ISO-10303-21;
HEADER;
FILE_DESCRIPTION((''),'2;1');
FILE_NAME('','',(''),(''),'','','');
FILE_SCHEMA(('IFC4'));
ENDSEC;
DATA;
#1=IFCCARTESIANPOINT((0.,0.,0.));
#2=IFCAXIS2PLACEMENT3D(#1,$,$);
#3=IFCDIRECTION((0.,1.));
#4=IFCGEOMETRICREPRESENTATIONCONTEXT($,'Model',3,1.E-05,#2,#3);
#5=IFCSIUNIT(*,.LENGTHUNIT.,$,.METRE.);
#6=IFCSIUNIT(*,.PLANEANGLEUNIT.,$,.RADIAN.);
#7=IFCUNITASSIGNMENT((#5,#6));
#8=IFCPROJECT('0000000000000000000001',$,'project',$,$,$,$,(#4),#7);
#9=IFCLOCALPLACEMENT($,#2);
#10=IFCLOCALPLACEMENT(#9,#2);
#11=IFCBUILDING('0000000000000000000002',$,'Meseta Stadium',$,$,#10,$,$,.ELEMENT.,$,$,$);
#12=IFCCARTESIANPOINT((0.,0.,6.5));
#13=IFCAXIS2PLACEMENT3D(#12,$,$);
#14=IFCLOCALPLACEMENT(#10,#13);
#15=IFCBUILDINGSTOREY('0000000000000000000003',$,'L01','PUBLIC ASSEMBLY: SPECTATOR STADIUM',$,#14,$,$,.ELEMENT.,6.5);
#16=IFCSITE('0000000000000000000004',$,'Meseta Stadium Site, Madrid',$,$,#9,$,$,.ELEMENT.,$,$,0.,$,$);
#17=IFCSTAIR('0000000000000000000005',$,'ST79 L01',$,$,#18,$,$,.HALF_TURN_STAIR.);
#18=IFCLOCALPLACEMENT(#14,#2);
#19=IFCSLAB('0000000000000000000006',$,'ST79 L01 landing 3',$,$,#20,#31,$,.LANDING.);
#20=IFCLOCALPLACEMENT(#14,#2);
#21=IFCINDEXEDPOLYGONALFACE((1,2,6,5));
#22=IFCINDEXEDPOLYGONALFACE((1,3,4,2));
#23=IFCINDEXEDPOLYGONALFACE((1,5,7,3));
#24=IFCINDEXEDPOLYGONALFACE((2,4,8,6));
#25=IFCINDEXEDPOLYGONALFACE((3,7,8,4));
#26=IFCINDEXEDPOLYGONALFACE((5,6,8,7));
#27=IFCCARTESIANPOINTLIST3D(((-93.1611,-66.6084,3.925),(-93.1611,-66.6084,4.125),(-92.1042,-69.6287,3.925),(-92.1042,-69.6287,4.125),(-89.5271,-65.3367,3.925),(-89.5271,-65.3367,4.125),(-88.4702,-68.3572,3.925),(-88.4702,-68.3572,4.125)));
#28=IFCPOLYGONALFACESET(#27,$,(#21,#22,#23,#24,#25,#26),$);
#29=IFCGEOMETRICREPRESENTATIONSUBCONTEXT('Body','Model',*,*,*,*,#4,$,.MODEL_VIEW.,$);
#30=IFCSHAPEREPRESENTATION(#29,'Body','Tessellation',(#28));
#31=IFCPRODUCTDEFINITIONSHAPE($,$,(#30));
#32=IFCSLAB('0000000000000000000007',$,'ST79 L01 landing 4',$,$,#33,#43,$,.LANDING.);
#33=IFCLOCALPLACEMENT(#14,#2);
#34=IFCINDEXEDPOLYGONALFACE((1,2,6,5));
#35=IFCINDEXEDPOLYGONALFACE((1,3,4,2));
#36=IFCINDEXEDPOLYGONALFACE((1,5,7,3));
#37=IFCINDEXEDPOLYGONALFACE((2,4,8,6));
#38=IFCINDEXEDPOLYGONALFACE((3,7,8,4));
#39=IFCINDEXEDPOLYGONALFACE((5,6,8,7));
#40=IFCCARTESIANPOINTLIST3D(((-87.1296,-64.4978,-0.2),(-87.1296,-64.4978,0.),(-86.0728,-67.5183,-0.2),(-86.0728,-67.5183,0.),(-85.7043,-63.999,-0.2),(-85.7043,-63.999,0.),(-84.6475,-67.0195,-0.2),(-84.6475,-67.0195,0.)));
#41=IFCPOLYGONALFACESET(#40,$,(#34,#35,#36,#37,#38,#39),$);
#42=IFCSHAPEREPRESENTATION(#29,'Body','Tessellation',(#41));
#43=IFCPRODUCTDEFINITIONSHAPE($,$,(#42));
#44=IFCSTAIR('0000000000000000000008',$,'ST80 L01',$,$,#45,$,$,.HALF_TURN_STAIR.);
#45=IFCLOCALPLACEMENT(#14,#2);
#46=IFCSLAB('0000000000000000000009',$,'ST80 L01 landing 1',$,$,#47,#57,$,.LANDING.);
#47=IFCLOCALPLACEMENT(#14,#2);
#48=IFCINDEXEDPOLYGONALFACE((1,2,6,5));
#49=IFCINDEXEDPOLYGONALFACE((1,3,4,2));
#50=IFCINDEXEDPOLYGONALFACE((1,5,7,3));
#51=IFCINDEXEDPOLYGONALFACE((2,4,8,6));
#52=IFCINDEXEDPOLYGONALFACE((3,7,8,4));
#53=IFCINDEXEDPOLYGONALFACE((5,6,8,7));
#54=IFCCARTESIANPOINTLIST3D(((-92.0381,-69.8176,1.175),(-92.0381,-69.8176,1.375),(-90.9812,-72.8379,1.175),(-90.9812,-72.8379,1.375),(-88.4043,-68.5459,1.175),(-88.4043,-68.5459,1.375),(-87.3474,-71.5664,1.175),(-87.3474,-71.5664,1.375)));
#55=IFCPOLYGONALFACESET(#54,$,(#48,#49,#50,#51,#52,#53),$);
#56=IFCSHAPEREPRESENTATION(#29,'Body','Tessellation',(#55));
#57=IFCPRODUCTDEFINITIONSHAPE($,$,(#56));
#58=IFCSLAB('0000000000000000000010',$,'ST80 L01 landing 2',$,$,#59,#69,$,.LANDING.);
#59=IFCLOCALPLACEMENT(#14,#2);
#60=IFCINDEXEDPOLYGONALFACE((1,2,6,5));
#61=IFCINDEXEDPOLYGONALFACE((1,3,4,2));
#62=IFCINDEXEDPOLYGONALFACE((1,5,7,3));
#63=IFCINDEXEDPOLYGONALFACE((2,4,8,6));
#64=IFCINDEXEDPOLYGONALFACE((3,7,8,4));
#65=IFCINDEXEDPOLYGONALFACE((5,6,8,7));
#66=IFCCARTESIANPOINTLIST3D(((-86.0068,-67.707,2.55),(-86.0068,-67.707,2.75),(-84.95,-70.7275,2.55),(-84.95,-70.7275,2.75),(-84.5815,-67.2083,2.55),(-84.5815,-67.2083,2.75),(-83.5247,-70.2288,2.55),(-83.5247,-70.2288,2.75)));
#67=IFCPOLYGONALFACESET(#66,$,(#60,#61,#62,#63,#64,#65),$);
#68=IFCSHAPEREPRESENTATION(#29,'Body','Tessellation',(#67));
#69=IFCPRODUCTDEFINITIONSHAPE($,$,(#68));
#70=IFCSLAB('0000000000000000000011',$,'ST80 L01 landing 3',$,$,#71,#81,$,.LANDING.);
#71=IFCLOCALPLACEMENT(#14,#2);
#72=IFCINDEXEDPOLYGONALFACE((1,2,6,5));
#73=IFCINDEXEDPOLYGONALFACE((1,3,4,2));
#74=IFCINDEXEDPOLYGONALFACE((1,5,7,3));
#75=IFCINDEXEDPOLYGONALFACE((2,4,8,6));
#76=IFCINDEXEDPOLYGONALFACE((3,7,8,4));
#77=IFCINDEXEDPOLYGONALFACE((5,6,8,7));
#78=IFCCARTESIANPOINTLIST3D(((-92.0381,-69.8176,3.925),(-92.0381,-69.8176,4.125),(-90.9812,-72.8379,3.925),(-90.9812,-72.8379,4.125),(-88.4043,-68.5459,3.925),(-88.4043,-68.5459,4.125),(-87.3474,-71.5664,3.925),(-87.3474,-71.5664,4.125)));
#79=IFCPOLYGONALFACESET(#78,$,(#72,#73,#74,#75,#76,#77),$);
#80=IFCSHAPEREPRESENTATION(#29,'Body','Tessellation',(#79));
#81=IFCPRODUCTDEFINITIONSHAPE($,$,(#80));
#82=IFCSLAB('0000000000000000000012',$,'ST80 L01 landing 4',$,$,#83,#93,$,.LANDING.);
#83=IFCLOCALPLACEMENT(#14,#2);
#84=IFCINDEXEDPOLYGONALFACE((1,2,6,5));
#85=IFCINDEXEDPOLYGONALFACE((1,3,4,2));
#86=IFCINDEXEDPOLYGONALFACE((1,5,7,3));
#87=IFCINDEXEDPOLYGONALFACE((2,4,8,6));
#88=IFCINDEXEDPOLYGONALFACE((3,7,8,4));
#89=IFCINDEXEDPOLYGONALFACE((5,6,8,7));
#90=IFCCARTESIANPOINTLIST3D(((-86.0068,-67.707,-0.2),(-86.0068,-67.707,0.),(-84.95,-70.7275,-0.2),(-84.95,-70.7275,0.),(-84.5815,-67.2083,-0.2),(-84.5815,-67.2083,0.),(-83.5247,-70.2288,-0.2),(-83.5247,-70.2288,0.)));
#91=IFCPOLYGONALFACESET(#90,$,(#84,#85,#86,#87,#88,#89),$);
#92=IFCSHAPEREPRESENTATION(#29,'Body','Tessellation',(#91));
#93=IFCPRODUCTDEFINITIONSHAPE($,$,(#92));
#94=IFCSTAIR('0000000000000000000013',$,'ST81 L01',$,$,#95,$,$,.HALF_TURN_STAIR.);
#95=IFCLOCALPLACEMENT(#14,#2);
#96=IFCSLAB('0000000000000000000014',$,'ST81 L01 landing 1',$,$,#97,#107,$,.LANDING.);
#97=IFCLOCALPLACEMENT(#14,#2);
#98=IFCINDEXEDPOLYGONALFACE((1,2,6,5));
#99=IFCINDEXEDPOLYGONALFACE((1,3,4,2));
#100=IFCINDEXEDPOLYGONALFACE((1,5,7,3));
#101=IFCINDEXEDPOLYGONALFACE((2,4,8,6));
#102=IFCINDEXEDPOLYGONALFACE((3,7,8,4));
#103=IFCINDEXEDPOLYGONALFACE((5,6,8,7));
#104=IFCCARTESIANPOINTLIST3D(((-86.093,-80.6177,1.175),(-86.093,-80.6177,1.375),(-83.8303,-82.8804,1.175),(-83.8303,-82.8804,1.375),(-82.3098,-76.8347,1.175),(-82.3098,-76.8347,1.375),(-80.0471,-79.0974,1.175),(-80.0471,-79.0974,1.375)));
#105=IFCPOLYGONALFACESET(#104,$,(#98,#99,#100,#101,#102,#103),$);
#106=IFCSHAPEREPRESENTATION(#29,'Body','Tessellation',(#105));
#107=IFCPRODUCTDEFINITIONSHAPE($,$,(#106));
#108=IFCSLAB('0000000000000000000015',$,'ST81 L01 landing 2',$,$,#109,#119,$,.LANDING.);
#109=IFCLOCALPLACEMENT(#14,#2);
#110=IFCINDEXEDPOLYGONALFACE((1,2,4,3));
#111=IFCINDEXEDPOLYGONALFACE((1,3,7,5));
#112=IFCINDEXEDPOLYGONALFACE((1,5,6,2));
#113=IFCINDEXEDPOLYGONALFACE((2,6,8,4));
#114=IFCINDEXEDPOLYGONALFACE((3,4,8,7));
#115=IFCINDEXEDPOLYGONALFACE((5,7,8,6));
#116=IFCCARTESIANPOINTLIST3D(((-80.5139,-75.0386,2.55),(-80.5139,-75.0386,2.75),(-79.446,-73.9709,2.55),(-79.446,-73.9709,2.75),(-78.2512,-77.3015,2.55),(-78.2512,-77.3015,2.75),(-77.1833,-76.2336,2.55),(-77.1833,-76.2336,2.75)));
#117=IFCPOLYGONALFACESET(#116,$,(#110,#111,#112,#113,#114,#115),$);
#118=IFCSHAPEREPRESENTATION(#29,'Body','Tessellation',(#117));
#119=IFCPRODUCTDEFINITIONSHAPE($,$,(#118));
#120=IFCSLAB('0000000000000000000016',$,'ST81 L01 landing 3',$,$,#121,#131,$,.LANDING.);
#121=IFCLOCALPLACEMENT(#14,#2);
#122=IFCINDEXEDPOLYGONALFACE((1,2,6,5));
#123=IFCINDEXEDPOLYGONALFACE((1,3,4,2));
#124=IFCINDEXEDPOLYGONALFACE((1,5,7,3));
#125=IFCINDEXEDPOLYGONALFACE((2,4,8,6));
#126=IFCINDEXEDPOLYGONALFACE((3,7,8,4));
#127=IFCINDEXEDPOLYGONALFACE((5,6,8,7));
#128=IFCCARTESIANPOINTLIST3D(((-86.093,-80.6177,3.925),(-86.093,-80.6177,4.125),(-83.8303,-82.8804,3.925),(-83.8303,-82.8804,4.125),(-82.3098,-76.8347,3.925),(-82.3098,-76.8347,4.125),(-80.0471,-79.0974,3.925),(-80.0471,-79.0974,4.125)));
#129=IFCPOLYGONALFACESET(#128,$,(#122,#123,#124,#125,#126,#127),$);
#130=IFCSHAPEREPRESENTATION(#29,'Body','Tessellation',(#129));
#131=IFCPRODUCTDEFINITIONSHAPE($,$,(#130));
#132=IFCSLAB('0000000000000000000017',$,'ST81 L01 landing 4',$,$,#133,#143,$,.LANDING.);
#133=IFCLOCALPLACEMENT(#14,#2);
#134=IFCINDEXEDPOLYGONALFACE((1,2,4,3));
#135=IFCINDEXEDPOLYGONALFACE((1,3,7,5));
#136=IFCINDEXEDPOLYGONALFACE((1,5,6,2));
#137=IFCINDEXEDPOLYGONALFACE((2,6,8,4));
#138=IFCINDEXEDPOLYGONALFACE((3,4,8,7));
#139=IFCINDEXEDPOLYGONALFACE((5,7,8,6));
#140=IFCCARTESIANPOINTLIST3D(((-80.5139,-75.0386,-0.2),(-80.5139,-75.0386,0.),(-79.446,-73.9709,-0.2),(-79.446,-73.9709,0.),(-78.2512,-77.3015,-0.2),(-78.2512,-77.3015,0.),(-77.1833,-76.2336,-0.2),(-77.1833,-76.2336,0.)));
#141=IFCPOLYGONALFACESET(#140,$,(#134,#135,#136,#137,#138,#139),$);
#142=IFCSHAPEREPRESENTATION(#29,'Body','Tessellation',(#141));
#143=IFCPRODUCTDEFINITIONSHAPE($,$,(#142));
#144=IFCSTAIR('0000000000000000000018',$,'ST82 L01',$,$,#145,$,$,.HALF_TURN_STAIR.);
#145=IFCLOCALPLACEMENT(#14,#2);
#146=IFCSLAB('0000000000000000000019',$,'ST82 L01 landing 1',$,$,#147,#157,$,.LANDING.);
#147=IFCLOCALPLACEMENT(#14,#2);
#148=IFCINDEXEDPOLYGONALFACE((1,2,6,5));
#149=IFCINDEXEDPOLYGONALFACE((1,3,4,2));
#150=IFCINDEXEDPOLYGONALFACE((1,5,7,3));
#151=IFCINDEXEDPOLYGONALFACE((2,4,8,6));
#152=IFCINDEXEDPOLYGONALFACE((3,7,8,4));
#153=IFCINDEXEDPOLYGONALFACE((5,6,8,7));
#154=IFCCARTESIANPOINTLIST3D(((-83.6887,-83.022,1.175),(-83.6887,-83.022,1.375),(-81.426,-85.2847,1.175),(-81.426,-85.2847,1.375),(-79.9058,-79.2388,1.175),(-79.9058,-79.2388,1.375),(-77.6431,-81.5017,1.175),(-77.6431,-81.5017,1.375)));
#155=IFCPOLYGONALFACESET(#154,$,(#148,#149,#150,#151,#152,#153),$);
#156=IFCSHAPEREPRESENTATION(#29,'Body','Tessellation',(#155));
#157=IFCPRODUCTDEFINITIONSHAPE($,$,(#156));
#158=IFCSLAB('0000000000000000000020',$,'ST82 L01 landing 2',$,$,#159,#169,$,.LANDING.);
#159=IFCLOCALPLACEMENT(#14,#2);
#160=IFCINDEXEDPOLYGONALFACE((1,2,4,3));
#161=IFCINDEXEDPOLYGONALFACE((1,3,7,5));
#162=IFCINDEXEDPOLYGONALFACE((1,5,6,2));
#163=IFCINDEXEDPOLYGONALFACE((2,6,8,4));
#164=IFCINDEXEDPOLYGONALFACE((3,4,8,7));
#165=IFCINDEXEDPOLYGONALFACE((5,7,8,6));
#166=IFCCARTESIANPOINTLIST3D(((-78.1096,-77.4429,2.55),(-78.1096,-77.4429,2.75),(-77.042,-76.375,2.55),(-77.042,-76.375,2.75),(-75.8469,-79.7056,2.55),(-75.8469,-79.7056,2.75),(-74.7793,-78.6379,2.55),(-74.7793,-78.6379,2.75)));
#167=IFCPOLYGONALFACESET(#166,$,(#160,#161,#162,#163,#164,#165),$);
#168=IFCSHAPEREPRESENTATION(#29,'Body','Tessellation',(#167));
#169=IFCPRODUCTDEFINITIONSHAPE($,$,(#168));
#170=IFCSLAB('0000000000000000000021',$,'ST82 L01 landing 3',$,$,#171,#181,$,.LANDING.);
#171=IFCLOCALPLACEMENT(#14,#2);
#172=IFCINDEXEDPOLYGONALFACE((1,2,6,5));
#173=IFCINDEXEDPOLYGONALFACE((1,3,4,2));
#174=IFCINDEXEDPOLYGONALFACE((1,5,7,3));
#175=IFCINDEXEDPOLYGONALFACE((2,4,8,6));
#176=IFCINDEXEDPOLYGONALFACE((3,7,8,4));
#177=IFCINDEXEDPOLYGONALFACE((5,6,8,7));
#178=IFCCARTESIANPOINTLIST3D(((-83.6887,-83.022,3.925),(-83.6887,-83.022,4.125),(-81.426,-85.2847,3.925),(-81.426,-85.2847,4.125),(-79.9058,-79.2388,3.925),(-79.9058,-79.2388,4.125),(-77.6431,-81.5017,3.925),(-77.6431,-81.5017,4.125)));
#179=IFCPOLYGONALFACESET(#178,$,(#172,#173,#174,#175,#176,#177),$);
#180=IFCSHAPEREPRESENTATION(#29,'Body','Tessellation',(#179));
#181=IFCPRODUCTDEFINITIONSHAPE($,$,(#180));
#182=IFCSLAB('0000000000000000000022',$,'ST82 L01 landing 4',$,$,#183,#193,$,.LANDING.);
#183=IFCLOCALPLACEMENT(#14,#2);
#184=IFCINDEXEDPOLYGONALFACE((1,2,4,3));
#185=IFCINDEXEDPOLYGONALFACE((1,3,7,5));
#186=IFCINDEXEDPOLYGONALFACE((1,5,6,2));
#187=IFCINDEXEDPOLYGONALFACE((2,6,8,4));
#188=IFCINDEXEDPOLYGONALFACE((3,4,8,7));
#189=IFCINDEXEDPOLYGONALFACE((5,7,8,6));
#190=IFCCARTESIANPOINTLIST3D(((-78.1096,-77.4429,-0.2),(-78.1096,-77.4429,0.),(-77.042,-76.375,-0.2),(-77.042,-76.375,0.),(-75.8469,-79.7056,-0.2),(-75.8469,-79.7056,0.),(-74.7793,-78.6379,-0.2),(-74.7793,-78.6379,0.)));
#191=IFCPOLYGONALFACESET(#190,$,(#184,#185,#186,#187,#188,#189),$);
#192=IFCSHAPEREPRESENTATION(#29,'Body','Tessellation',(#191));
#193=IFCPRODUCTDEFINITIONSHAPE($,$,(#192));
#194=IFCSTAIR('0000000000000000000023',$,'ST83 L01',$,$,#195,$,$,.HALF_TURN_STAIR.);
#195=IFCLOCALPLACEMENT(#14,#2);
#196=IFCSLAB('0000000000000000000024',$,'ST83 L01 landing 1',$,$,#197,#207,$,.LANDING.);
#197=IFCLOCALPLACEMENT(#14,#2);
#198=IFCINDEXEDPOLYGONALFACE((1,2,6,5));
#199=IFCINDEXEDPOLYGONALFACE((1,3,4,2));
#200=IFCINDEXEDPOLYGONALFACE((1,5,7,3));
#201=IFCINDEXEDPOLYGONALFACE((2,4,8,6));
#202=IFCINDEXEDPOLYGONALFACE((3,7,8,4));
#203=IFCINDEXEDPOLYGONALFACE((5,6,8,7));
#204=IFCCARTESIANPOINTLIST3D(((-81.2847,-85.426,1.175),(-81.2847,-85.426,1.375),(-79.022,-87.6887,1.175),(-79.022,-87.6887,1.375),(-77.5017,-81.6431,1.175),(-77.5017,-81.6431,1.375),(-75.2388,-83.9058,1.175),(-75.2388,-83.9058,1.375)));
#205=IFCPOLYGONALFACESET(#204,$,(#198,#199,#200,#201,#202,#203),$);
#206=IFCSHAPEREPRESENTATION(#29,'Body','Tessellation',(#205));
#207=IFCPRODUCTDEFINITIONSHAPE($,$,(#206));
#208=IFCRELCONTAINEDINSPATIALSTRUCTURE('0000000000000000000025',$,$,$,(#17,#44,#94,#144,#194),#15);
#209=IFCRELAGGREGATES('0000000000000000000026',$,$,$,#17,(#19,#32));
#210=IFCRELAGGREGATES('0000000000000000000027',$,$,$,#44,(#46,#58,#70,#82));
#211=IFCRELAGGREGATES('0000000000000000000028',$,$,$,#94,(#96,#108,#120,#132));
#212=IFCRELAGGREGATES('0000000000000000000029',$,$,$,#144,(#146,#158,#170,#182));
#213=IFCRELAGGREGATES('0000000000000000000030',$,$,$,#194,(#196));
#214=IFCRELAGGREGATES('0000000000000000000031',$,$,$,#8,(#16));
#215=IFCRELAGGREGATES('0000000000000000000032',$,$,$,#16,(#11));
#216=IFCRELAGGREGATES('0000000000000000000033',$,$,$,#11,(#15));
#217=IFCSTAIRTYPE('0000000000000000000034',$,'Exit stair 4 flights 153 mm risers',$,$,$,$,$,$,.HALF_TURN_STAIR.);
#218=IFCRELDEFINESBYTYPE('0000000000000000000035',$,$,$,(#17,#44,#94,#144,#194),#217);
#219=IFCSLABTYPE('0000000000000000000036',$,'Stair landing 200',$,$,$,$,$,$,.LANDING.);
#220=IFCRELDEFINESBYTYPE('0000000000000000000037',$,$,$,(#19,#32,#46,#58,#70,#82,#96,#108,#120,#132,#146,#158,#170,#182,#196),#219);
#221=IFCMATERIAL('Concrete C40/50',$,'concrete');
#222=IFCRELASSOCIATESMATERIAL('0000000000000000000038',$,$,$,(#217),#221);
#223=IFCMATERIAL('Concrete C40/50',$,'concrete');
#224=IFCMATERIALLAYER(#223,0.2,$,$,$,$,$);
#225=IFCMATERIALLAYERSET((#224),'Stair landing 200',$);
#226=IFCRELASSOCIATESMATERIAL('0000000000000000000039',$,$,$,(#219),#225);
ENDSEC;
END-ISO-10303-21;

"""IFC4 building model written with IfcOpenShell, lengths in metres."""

from ifc_helpers import new_model, si_unit, direction, frame, origin, place, context, subcontext, project, spatial, polyline, outline, extrude, material, layer, layer_set, type_object, element, aggregate, save


model = new_model("IFC4")

# Units and contexts
model_context = context("Model", 3, precision=1e-05, world=origin(), true_north=direction((0.0, 1.0)))
body_context = subcontext(model_context, "Body", "Model", "MODEL_VIEW")
ifc_project = project(units=[si_unit("LENGTHUNIT", "METRE"), si_unit("PLANEANGLEUNIT", "RADIAN")], contexts=[model_context])

# Site, building, storey
site_placement = place(None, origin())
site = spatial("IfcSite", under=ifc_project, at=site_placement, Name="Meseta Stadium Site, Madrid", CompositionType="ELEMENT", RefElevation=0.0)
building_placement = place(site_placement, origin())
building = spatial("IfcBuilding", under=site, at=building_placement, Name="Meseta Stadium", CompositionType="ELEMENT")
storey_placement = place(building_placement, frame((0.0, 0.0, 6.5)))
storey = spatial("IfcBuildingStorey", under=building, at=storey_placement, Name="L01", Description="PUBLIC ASSEMBLY: SPECTATOR STADIUM", CompositionType="ELEMENT", Elevation=6.5)

# Shared definitions
ifc_material_1 = material(Name="Concrete C40/50", Category="concrete")
stair_type = type_object("IfcStairType", Name="Exit stair 4 flights 153 mm risers", PredefinedType="HALF_TURN_STAIR", material=ifc_material_1)
ifc_material_2 = material(Name="Concrete C40/50", Category="concrete")
ifc_layer = layer(ifc_material_2, 0.2)
ifc_layer_set = layer_set([ifc_layer], Name="Stair landing 200")
slab_type = type_object("IfcSlabType", Name="Stair landing 200", PredefinedType="LANDING", material=ifc_layer_set)

# Stairs, slabs
stair_1_placement = place(storey_placement, origin())
stair_1 = element("IfcStair", 1, at=stair_1_placement, inside=storey, type_object=stair_type, Name="ST79 L01", PredefinedType="HALF_TURN_STAIR")
slab_1_placement = place(storey_placement, frame((0.0, 0.0, 3.925)))
slab_1 = element("IfcSlab", 2, at=slab_1_placement, type_object=slab_type, Name="ST79 L01 landing 3", PredefinedType="LANDING", context=body_context, shape_type="SweptSolid", body=[
    extrude(outline(polyline([(-89.5271, -65.3367), (-93.1611, -66.6084), (-92.1042, -69.6287), (-88.4702, -68.3572), (-89.5271, -65.3367)])), origin(), (0.0, 0.0, 1.0), 0.2),
])
slab_2_placement = place(storey_placement, frame((0.0, 0.0, -0.2)))
slab_2 = element("IfcSlab", 3, at=slab_2_placement, type_object=slab_type, Name="ST79 L01 landing 4", PredefinedType="LANDING", context=body_context, shape_type="SweptSolid", body=[
    extrude(outline(polyline([(-85.7043, -63.999), (-87.1296, -64.4978), (-86.0728, -67.5183), (-84.6475, -67.0195), (-85.7043, -63.999)])), origin(), (0.0, 0.0, 1.0), 0.2),
])
aggregate(stair_1, [slab_1, slab_2])
stair_2_placement = place(storey_placement, origin())
stair_2 = element("IfcStair", 4, at=stair_2_placement, inside=storey, type_object=stair_type, Name="ST80 L01", PredefinedType="HALF_TURN_STAIR")
slab_3_placement = place(storey_placement, frame((0.0, 0.0, 1.175)))
slab_3 = element("IfcSlab", 5, at=slab_3_placement, type_object=slab_type, Name="ST80 L01 landing 1", PredefinedType="LANDING", context=body_context, shape_type="SweptSolid", body=[
    extrude(outline(polyline([(-88.4043, -68.5459), (-92.0381, -69.8176), (-90.9812, -72.8379), (-87.3474, -71.5664), (-88.4043, -68.5459)])), origin(), (0.0, 0.0, 1.0), 0.2),
])
slab_4_placement = place(storey_placement, frame((0.0, 0.0, 2.55)))
slab_4 = element("IfcSlab", 6, at=slab_4_placement, type_object=slab_type, Name="ST80 L01 landing 2", PredefinedType="LANDING", context=body_context, shape_type="SweptSolid", body=[
    extrude(outline(polyline([(-84.5815, -67.2083), (-86.0068, -67.707), (-84.95, -70.7275), (-83.5247, -70.2288), (-84.5815, -67.2083)])), origin(), (0.0, 0.0, 1.0), 0.2),
])
slab_5_placement = place(storey_placement, frame((0.0, 0.0, 3.925)))
slab_5 = element("IfcSlab", 7, at=slab_5_placement, type_object=slab_type, Name="ST80 L01 landing 3", PredefinedType="LANDING", context=body_context, shape_type="SweptSolid", body=[
    extrude(outline(polyline([(-88.4043, -68.5459), (-92.0381, -69.8176), (-90.9812, -72.8379), (-87.3474, -71.5664), (-88.4043, -68.5459)])), origin(), (0.0, 0.0, 1.0), 0.2),
])
slab_6_placement = place(storey_placement, frame((0.0, 0.0, -0.2)))
slab_6 = element("IfcSlab", 8, at=slab_6_placement, type_object=slab_type, Name="ST80 L01 landing 4", PredefinedType="LANDING", context=body_context, shape_type="SweptSolid", body=[
    extrude(outline(polyline([(-84.5815, -67.2083), (-86.0068, -67.707), (-84.95, -70.7275), (-83.5247, -70.2288), (-84.5815, -67.2083)])), origin(), (0.0, 0.0, 1.0), 0.2),
])
aggregate(stair_2, [slab_3, slab_4, slab_5, slab_6])
stair_3_placement = place(storey_placement, origin())
stair_3 = element("IfcStair", 9, at=stair_3_placement, inside=storey, type_object=stair_type, Name="ST81 L01", PredefinedType="HALF_TURN_STAIR")
slab_7_placement = place(storey_placement, frame((0.0, 0.0, 1.175)))
slab_7 = element("IfcSlab", 10, at=slab_7_placement, type_object=slab_type, Name="ST81 L01 landing 1", PredefinedType="LANDING", context=body_context, shape_type="SweptSolid", body=[
    extrude(outline(polyline([(-82.3098, -76.8347), (-86.093, -80.6177), (-83.8303, -82.8804), (-80.0471, -79.0974), (-82.3098, -76.8347)])), origin(), (0.0, 0.0, 1.0), 0.2),
])
slab_8_placement = place(storey_placement, frame((0.0, 0.0, 2.55)))
slab_8 = element("IfcSlab", 11, at=slab_8_placement, type_object=slab_type, Name="ST81 L01 landing 2", PredefinedType="LANDING", context=body_context, shape_type="SweptSolid", body=[
    extrude(outline(polyline([(-79.446, -73.9709), (-80.5139, -75.0386), (-78.2512, -77.3015), (-77.1833, -76.2336), (-79.446, -73.9709)])), origin(), (0.0, 0.0, 1.0), 0.2),
])
slab_9_placement = place(storey_placement, frame((0.0, 0.0, 3.925)))
slab_9 = element("IfcSlab", 12, at=slab_9_placement, type_object=slab_type, Name="ST81 L01 landing 3", PredefinedType="LANDING", context=body_context, shape_type="SweptSolid", body=[
    extrude(outline(polyline([(-82.3098, -76.8347), (-86.093, -80.6177), (-83.8303, -82.8804), (-80.0471, -79.0974), (-82.3098, -76.8347)])), origin(), (0.0, 0.0, 1.0), 0.2),
])
slab_10_placement = place(storey_placement, frame((0.0, 0.0, -0.2)))
slab_10 = element("IfcSlab", 13, at=slab_10_placement, type_object=slab_type, Name="ST81 L01 landing 4", PredefinedType="LANDING", context=body_context, shape_type="SweptSolid", body=[
    extrude(outline(polyline([(-79.446, -73.9709), (-80.5139, -75.0386), (-78.2512, -77.3015), (-77.1833, -76.2336), (-79.446, -73.9709)])), origin(), (0.0, 0.0, 1.0), 0.2),
])
aggregate(stair_3, [slab_7, slab_8, slab_9, slab_10])
stair_4_placement = place(storey_placement, origin())
stair_4 = element("IfcStair", 14, at=stair_4_placement, inside=storey, type_object=stair_type, Name="ST82 L01", PredefinedType="HALF_TURN_STAIR")
slab_11_placement = place(storey_placement, frame((0.0, 0.0, 1.175)))
slab_11 = element("IfcSlab", 15, at=slab_11_placement, type_object=slab_type, Name="ST82 L01 landing 1", PredefinedType="LANDING", context=body_context, shape_type="SweptSolid", body=[
    extrude(outline(polyline([(-79.9058, -79.2388), (-83.6887, -83.022), (-81.426, -85.2847), (-77.6431, -81.5017), (-79.9058, -79.2388)])), origin(), (0.0, 0.0, 1.0), 0.2),
])
slab_12_placement = place(storey_placement, frame((0.0, 0.0, 2.55)))
slab_12 = element("IfcSlab", 16, at=slab_12_placement, type_object=slab_type, Name="ST82 L01 landing 2", PredefinedType="LANDING", context=body_context, shape_type="SweptSolid", body=[
    extrude(outline(polyline([(-77.042, -76.375), (-78.1096, -77.4429), (-75.8469, -79.7056), (-74.7793, -78.6379), (-77.042, -76.375)])), origin(), (0.0, 0.0, 1.0), 0.2),
])
slab_13_placement = place(storey_placement, frame((0.0, 0.0, 3.925)))
slab_13 = element("IfcSlab", 17, at=slab_13_placement, type_object=slab_type, Name="ST82 L01 landing 3", PredefinedType="LANDING", context=body_context, shape_type="SweptSolid", body=[
    extrude(outline(polyline([(-79.9058, -79.2388), (-83.6887, -83.022), (-81.426, -85.2847), (-77.6431, -81.5017), (-79.9058, -79.2388)])), origin(), (0.0, 0.0, 1.0), 0.2),
])
slab_14_placement = place(storey_placement, frame((0.0, 0.0, -0.2)))
slab_14 = element("IfcSlab", 18, at=slab_14_placement, type_object=slab_type, Name="ST82 L01 landing 4", PredefinedType="LANDING", context=body_context, shape_type="SweptSolid", body=[
    extrude(outline(polyline([(-77.042, -76.375), (-78.1096, -77.4429), (-75.8469, -79.7056), (-74.7793, -78.6379), (-77.042, -76.375)])), origin(), (0.0, 0.0, 1.0), 0.2),
])
aggregate(stair_4, [slab_11, slab_12, slab_13, slab_14])
stair_5_placement = place(storey_placement, origin())
stair_5 = element("IfcStair", 19, at=stair_5_placement, inside=storey, type_object=stair_type, Name="ST83 L01", PredefinedType="HALF_TURN_STAIR")
slab_15_placement = place(storey_placement, frame((0.0, 0.0, 1.175)))
slab_15 = element("IfcSlab", 20, at=slab_15_placement, type_object=slab_type, Name="ST83 L01 landing 1", PredefinedType="LANDING", context=body_context, shape_type="SweptSolid", body=[
    extrude(outline(polyline([(-77.5017, -81.6431), (-81.2847, -85.426), (-79.022, -87.6887), (-75.2388, -83.9058), (-77.5017, -81.6431)])), origin(), (0.0, 0.0, 1.0), 0.2),
])
aggregate(stair_5, [slab_15])

save(model, "model.ifc")
